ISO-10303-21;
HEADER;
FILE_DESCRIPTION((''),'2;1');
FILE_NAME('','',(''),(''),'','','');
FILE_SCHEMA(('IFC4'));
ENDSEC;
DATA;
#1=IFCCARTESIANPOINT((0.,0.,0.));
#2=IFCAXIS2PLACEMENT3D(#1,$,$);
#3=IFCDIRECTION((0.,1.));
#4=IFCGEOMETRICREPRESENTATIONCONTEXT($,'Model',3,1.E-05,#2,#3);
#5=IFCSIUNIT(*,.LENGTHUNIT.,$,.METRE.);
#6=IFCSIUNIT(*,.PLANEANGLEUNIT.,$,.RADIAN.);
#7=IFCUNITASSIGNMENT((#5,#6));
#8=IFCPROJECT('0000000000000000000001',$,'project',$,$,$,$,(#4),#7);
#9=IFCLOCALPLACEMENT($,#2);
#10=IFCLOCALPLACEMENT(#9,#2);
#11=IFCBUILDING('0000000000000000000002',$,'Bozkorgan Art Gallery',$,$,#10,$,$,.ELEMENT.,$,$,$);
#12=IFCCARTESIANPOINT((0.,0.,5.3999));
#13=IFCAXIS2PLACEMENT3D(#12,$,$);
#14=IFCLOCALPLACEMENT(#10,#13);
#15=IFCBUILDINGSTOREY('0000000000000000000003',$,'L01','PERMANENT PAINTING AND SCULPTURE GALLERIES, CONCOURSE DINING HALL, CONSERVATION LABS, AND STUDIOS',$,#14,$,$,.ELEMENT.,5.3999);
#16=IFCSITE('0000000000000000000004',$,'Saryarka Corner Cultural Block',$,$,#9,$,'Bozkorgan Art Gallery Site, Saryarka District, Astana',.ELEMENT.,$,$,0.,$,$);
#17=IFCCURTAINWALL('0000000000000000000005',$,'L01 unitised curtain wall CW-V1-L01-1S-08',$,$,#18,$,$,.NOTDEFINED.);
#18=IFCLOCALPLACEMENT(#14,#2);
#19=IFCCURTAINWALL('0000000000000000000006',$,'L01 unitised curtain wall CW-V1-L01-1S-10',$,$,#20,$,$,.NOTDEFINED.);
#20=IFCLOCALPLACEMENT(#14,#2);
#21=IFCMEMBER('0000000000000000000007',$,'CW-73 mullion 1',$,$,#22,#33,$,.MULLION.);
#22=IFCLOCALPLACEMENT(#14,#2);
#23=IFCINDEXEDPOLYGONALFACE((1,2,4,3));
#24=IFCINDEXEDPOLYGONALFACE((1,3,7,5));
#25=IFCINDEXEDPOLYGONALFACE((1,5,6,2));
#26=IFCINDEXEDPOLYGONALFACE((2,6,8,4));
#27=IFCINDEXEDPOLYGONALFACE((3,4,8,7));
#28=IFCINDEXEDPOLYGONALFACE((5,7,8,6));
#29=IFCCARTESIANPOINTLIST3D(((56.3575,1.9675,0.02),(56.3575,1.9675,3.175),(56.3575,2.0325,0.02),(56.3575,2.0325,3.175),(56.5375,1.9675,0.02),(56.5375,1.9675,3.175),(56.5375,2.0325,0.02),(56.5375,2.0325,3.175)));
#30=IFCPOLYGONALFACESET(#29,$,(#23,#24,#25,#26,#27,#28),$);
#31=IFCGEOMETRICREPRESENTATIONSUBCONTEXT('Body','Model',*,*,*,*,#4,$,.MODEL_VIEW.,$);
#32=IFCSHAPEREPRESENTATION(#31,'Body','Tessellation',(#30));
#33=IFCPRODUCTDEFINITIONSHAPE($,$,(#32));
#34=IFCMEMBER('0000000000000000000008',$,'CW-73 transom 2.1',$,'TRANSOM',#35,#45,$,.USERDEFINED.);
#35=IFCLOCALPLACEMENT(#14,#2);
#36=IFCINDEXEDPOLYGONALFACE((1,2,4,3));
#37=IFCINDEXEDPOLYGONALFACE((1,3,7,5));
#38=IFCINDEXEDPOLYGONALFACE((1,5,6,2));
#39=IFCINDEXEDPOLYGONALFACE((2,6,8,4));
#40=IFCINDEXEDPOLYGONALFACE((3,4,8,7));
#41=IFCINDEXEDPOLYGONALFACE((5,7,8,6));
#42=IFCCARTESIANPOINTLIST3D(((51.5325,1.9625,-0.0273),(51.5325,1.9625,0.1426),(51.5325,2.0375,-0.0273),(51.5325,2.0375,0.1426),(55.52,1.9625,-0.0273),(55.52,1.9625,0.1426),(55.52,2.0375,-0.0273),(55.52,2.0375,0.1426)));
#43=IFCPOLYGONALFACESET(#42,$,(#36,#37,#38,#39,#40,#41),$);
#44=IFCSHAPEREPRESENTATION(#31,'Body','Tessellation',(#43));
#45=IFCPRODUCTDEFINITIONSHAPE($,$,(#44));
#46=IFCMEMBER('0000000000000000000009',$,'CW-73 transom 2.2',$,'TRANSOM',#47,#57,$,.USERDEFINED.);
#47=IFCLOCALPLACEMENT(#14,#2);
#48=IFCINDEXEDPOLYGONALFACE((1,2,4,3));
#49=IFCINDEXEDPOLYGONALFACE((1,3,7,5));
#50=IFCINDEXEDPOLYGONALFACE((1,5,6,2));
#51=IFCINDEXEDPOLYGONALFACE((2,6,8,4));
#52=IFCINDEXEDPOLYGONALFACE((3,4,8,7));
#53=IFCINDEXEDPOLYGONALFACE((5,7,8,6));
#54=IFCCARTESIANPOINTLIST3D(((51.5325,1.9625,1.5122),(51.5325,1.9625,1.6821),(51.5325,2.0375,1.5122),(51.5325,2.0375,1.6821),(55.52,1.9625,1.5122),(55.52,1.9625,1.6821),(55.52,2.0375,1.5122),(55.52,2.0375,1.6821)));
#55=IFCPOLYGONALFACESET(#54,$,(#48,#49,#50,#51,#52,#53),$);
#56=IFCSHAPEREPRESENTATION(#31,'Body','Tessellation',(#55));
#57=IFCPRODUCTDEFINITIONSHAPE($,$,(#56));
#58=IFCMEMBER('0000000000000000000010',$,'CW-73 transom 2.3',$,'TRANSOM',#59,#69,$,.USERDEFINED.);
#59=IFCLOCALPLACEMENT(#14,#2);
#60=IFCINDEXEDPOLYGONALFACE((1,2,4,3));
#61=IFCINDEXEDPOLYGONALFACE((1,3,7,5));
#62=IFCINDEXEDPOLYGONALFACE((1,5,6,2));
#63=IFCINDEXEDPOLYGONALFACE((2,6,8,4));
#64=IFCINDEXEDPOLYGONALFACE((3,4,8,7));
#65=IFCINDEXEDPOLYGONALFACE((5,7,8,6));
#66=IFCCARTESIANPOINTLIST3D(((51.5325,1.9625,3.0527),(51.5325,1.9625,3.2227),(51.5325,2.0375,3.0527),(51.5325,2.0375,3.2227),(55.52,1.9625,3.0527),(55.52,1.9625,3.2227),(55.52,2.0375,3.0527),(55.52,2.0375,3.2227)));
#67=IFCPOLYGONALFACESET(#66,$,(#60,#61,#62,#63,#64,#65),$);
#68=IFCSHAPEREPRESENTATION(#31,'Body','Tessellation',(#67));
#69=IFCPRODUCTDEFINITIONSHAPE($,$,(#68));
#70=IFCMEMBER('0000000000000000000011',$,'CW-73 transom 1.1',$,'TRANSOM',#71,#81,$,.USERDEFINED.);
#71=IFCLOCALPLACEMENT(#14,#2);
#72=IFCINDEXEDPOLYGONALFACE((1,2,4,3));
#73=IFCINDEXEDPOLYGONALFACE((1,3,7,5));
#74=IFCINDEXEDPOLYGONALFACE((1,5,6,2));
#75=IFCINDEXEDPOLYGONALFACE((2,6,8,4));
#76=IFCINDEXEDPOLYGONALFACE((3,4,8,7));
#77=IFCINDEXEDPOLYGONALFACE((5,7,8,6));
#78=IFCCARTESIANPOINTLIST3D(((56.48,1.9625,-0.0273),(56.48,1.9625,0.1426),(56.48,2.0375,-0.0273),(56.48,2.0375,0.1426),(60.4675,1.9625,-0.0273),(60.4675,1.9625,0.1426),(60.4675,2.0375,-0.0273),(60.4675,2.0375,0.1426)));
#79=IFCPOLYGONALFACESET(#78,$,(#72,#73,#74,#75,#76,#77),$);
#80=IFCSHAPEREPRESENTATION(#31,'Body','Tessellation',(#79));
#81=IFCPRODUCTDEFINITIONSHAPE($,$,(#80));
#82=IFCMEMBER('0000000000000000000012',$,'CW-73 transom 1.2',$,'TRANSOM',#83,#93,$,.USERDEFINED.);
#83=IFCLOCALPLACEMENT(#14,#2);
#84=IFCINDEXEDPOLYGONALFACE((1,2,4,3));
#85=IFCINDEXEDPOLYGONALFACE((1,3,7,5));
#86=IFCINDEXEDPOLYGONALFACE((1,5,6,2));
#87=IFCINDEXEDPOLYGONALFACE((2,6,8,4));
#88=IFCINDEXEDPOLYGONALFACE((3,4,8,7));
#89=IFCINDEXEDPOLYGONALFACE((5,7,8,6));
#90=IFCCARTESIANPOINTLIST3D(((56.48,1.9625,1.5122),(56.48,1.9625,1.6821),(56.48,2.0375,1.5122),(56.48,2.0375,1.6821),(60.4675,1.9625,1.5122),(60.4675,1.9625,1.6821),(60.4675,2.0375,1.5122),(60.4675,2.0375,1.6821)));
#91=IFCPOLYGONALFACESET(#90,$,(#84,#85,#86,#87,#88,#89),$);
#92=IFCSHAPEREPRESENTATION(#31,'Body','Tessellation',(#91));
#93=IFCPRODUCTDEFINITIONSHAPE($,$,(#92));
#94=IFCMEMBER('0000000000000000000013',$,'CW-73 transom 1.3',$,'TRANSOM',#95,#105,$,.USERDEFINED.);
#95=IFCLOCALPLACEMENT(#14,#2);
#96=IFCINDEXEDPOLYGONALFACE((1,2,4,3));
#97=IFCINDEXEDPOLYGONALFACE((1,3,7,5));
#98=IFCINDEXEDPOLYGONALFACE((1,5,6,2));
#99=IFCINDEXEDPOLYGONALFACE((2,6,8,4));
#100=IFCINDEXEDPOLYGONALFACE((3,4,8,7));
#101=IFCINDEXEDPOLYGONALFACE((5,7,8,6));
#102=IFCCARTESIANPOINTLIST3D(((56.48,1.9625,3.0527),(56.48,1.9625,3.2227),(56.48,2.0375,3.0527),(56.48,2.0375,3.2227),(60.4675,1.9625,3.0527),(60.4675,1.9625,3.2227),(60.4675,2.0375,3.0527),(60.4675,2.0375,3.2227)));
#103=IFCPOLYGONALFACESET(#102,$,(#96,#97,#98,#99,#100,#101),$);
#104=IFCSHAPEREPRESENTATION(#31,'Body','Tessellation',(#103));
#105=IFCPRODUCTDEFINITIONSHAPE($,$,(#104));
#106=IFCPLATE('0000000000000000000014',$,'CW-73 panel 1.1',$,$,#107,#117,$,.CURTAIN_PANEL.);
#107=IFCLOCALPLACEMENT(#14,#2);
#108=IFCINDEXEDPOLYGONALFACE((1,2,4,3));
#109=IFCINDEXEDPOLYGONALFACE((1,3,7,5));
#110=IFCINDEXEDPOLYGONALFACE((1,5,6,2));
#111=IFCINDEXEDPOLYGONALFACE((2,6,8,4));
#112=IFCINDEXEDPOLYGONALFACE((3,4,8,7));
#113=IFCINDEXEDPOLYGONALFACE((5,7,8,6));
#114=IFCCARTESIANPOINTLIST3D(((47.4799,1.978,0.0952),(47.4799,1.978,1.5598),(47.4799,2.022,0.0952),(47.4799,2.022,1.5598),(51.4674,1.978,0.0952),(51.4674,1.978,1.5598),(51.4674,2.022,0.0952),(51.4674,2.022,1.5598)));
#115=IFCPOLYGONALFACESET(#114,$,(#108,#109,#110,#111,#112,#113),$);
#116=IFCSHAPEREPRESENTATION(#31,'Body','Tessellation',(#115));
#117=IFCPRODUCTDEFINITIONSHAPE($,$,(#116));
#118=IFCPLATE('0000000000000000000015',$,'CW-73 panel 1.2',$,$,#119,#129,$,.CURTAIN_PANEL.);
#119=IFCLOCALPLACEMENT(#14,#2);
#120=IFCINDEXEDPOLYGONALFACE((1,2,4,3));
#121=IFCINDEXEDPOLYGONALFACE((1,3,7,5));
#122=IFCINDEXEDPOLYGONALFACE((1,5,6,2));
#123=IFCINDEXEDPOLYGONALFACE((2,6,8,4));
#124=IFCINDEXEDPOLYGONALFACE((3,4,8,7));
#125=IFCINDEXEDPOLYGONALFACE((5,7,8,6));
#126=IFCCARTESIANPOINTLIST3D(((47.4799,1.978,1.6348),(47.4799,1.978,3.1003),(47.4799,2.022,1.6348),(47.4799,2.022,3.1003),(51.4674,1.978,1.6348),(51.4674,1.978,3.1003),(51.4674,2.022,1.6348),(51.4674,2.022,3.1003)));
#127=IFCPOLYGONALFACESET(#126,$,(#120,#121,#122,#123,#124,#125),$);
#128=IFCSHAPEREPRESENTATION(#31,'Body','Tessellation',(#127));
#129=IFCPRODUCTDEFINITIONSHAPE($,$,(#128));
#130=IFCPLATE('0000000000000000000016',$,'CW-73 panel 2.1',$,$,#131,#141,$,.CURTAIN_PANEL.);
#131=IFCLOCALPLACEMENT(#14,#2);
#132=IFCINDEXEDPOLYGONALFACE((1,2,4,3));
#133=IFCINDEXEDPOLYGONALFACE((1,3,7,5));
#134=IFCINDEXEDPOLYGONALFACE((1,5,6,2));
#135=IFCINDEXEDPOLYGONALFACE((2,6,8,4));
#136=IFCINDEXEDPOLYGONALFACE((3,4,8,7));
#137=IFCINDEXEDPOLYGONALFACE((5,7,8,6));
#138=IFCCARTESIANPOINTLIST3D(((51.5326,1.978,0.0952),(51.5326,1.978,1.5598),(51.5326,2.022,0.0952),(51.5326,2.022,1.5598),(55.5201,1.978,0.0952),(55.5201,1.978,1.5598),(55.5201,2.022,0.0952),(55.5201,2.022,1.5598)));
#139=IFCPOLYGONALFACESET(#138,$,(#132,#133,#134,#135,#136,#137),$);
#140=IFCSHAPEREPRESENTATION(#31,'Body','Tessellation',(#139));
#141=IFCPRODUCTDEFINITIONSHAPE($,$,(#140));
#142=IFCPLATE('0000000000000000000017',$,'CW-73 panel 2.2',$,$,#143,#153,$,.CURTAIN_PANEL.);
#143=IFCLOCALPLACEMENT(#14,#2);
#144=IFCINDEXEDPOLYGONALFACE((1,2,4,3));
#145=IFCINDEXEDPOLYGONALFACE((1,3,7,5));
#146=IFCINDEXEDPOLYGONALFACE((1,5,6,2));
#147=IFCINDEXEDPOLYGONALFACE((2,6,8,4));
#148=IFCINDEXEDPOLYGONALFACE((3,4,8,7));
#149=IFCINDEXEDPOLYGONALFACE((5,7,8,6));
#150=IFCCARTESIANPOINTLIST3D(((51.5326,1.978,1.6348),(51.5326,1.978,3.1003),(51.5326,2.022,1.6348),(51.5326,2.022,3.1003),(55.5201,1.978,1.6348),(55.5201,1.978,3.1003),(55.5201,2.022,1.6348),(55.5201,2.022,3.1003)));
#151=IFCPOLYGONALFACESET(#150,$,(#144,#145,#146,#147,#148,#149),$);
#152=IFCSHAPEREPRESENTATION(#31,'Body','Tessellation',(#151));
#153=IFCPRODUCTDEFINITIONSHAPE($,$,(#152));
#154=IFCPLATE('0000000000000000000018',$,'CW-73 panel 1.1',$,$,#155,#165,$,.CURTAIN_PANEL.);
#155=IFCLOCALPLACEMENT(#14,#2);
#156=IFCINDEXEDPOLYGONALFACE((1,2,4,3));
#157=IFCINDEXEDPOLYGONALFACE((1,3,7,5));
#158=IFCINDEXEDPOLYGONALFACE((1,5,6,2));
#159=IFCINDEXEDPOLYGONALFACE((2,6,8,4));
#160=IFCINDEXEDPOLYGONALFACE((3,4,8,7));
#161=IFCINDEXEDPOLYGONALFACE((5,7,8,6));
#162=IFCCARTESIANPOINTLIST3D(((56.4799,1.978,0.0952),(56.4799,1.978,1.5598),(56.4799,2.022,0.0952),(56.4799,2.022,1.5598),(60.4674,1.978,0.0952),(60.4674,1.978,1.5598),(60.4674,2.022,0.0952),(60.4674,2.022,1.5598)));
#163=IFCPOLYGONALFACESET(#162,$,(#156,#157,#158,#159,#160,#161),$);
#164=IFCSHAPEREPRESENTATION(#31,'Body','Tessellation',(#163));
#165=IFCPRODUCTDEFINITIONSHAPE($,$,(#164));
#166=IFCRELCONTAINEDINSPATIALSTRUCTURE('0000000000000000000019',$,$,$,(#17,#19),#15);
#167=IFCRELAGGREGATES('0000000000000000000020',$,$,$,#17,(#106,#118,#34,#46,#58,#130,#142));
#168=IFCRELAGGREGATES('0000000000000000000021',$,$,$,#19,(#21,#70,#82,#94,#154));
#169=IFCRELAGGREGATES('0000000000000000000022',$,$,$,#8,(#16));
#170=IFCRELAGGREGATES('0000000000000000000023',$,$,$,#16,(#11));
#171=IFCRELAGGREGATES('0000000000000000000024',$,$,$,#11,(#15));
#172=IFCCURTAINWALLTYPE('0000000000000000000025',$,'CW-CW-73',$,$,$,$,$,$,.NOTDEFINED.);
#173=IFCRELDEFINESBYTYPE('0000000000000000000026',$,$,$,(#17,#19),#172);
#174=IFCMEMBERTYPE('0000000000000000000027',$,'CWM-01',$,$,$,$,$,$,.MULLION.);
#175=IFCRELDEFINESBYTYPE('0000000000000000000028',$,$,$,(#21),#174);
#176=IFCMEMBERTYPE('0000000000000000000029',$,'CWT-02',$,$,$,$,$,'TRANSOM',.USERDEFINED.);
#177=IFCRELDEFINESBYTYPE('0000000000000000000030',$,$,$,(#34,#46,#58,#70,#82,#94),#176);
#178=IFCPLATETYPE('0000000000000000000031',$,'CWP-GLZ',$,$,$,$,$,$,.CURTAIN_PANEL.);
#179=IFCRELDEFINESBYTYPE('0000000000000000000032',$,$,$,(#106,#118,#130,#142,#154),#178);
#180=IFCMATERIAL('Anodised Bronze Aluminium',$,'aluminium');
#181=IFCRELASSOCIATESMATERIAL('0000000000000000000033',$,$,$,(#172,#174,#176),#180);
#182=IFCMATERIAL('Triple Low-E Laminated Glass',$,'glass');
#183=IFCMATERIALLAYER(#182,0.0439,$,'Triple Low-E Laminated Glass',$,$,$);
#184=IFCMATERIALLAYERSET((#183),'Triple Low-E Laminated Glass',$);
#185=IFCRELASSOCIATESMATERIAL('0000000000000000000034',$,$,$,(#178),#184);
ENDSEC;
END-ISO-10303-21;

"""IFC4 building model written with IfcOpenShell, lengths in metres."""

from ifc_helpers import new_model, si_unit, direction, frame, origin, origin_2d, place, context, subcontext, project, spatial, rectangle, extrude, material, layer, layer_set, material_profile, profile_set, type_object, element, aggregate, save


model = new_model("IFC4")

# Units and contexts
model_context = context("Model", 3, precision=1e-05, world=origin(), true_north=direction((0.0, 1.0)))
body_context = subcontext(model_context, "Body", "Model", "MODEL_VIEW")
ifc_project = project(units=[si_unit("LENGTHUNIT", "METRE"), si_unit("PLANEANGLEUNIT", "RADIAN")], contexts=[model_context])

# Site, building, storey
site_placement = place(None, origin())
site = spatial("IfcSite", under=ifc_project, at=site_placement, Name="Saryarka Corner Cultural Block", LongName="Bozkorgan Art Gallery Site, Saryarka District, Astana", CompositionType="ELEMENT", RefElevation=0.0)
building_placement = place(site_placement, origin())
building = spatial("IfcBuilding", under=site, at=building_placement, Name="Bozkorgan Art Gallery", CompositionType="ELEMENT")
storey_placement = place(building_placement, frame((0.0, 0.0, 5.3999)))
storey = spatial("IfcBuildingStorey", under=building, at=storey_placement, Name="L01", Description="PERMANENT PAINTING AND SCULPTURE GALLERIES, CONCOURSE DINING HALL, CONSERVATION LABS, AND STUDIOS", CompositionType="ELEMENT", Elevation=5.3999)

# Curtain wall
ifc_material_1 = material(Name="Anodised Bronze Aluminium", Category="aluminium")
curtain_wall_type = type_object("IfcCurtainWallType", Name="CW-CW-73", PredefinedType="NOTDEFINED", material=ifc_material_1)
curtain_wall_1_placement = place(storey_placement, origin())
curtain_wall_1 = element("IfcCurtainWall", 1, at=curtain_wall_1_placement, inside=storey, type_object=curtain_wall_type, Name="L01 unitised curtain wall CW-V1-L01-1S-08", PredefinedType="NOTDEFINED")
ifc_material_profile_1 = material_profile(ifc_material_1, rectangle(XDim=0.0649, YDim=0.1799, at=origin_2d()), Name="ALU MULLION 65x180")
ifc_profile_set_1 = profile_set([ifc_material_profile_1], Name="Anodised Bronze Aluminium")
member_type_1 = type_object("IfcMemberType", Name="CWM-01", PredefinedType="MULLION", material=ifc_profile_set_1)

# Curtain wall, member
curtain_wall_2_placement = place(storey_placement, origin())
curtain_wall_2 = element("IfcCurtainWall", 2, at=curtain_wall_2_placement, inside=storey, type_object=curtain_wall_type, Name="L01 unitised curtain wall CW-V1-L01-1S-10", PredefinedType="NOTDEFINED")
member_1_placement = place(storey_placement, frame((56.4475, 2.0, 0.02), z_axis=(0.0, 0.0, 1.0), x_axis=(0.0, 1.0, 0.0)))
member_1 = element("IfcMember", 3, at=member_1_placement, type_object=member_type_1, Name="CW-73 mullion 1", PredefinedType="MULLION", context=body_context, shape_type="SweptSolid", body=[
    extrude(rectangle(XDim=0.0649, YDim=0.1799, at=origin_2d()), origin(), (0.0, 0.0, 1.0), 3.155),
])

# Members
ifc_material_profile_2 = material_profile(ifc_material_1, rectangle(XDim=0.075, YDim=0.1699, at=origin_2d()), Name="ALU TRANSOM 75x170")
ifc_profile_set_2 = profile_set([ifc_material_profile_2], Name="Anodised Bronze Aluminium")
member_type_2 = type_object("IfcMemberType", Name="CWT-02", ElementType="TRANSOM", PredefinedType="USERDEFINED", material=ifc_profile_set_2)
member_2_placement = place(storey_placement, frame((51.5325, 2.0, 0.0576), z_axis=(1.0, 0.0, 0.0), x_axis=(0.0, 1.0, 0.0)))
member_2 = element("IfcMember", 4, at=member_2_placement, type_object=member_type_2, Name="CW-73 transom 2.1", ObjectType="TRANSOM", PredefinedType="USERDEFINED", context=body_context, shape_type="SweptSolid", body=[
    extrude(rectangle(XDim=0.075, YDim=0.1699, at=origin_2d()), origin(), (0.0, 0.0, 1.0), 3.9875),
])
member_3_placement = place(storey_placement, frame((51.5325, 2.0, 1.5972), z_axis=(1.0, 0.0, 0.0), x_axis=(0.0, 1.0, 0.0)))
member_3 = element("IfcMember", 5, at=member_3_placement, type_object=member_type_2, Name="CW-73 transom 2.2", ObjectType="TRANSOM", PredefinedType="USERDEFINED", context=body_context, shape_type="SweptSolid", body=[
    extrude(rectangle(XDim=0.075, YDim=0.1699, at=origin_2d()), origin(), (0.0, 0.0, 1.0), 3.9875),
])
member_4_placement = place(storey_placement, frame((51.5325, 2.0, 3.1377), z_axis=(1.0, 0.0, 0.0), x_axis=(0.0, 1.0, 0.0)))
member_4 = element("IfcMember", 6, at=member_4_placement, type_object=member_type_2, Name="CW-73 transom 2.3", ObjectType="TRANSOM", PredefinedType="USERDEFINED", context=body_context, shape_type="SweptSolid", body=[
    extrude(rectangle(XDim=0.075, YDim=0.1699, at=origin_2d()), origin(), (0.0, 0.0, 1.0), 3.9875),
])
member_5_placement = place(storey_placement, frame((56.48, 2.0, 0.0576), z_axis=(1.0, 0.0, 0.0), x_axis=(0.0, 1.0, 0.0)))
member_5 = element("IfcMember", 7, at=member_5_placement, type_object=member_type_2, Name="CW-73 transom 1.1", ObjectType="TRANSOM", PredefinedType="USERDEFINED", context=body_context, shape_type="SweptSolid", body=[
    extrude(rectangle(XDim=0.075, YDim=0.1699, at=origin_2d()), origin(), (0.0, 0.0, 1.0), 3.9875),
])
member_6_placement = place(storey_placement, frame((56.48, 2.0, 1.5972), z_axis=(1.0, 0.0, 0.0), x_axis=(0.0, 1.0, 0.0)))
member_6 = element("IfcMember", 8, at=member_6_placement, type_object=member_type_2, Name="CW-73 transom 1.2", ObjectType="TRANSOM", PredefinedType="USERDEFINED", context=body_context, shape_type="SweptSolid", body=[
    extrude(rectangle(XDim=0.075, YDim=0.1699, at=origin_2d()), origin(), (0.0, 0.0, 1.0), 3.9875),
])
member_7_placement = place(storey_placement, frame((56.48, 2.0, 3.1377), z_axis=(1.0, 0.0, 0.0), x_axis=(0.0, 1.0, 0.0)))
member_7 = element("IfcMember", 9, at=member_7_placement, type_object=member_type_2, Name="CW-73 transom 1.3", ObjectType="TRANSOM", PredefinedType="USERDEFINED", context=body_context, shape_type="SweptSolid", body=[
    extrude(rectangle(XDim=0.075, YDim=0.1699, at=origin_2d()), origin(), (0.0, 0.0, 1.0), 3.9875),
])

# Plates
ifc_material_2 = material(Name="Triple Low-E Laminated Glass", Category="glass")
ifc_layer = layer(ifc_material_2, 0.0439, Name="Triple Low-E Laminated Glass")
ifc_layer_set = layer_set([ifc_layer], Name="Triple Low-E Laminated Glass")
plate_type = type_object("IfcPlateType", Name="CWP-GLZ", PredefinedType="CURTAIN_PANEL", material=ifc_layer_set)
plate_1_placement = place(storey_placement, frame((49.4736, 2.0, 0.0952), z_axis=(0.0, 0.0, 1.0), x_axis=(1.0, 0.0, 0.0)))
plate_1 = element("IfcPlate", 10, at=plate_1_placement, type_object=plate_type, Name="CW-73 panel 1.1", PredefinedType="CURTAIN_PANEL", context=body_context, shape_type="SweptSolid", body=[
    extrude(rectangle(XDim=3.9875, YDim=0.0439, at=origin_2d()), origin(), (0.0, 0.0, 1.0), 1.4646),
])
plate_2_placement = place(storey_placement, frame((49.4736, 2.0, 1.6348), z_axis=(0.0, 0.0, 1.0), x_axis=(1.0, 0.0, 0.0)))
plate_2 = element("IfcPlate", 11, at=plate_2_placement, type_object=plate_type, Name="CW-73 panel 1.2", PredefinedType="CURTAIN_PANEL", context=body_context, shape_type="SweptSolid", body=[
    extrude(rectangle(XDim=3.9875, YDim=0.0439, at=origin_2d()), origin(), (0.0, 0.0, 1.0), 1.4656),
])
plate_3_placement = place(storey_placement, frame((53.5264, 2.0, 0.0952), z_axis=(0.0, 0.0, 1.0), x_axis=(1.0, 0.0, 0.0)))
plate_3 = element("IfcPlate", 12, at=plate_3_placement, type_object=plate_type, Name="CW-73 panel 2.1", PredefinedType="CURTAIN_PANEL", context=body_context, shape_type="SweptSolid", body=[
    extrude(rectangle(XDim=3.9875, YDim=0.0439, at=origin_2d()), origin(), (0.0, 0.0, 1.0), 1.4646),
])
plate_4_placement = place(storey_placement, frame((53.5264, 2.0, 1.6348), z_axis=(0.0, 0.0, 1.0), x_axis=(1.0, 0.0, 0.0)))
plate_4 = element("IfcPlate", 13, at=plate_4_placement, type_object=plate_type, Name="CW-73 panel 2.2", PredefinedType="CURTAIN_PANEL", context=body_context, shape_type="SweptSolid", body=[
    extrude(rectangle(XDim=3.9875, YDim=0.0439, at=origin_2d()), origin(), (0.0, 0.0, 1.0), 1.4656),
])
aggregate(curtain_wall_1, [plate_1, plate_2, member_2, member_3, member_4, plate_3, plate_4])
plate_5_placement = place(storey_placement, frame((58.4736, 2.0, 0.0952), z_axis=(0.0, 0.0, 1.0), x_axis=(1.0, 0.0, 0.0)))
plate_5 = element("IfcPlate", 14, at=plate_5_placement, type_object=plate_type, Name="CW-73 panel 1.1", PredefinedType="CURTAIN_PANEL", context=body_context, shape_type="SweptSolid", body=[
    extrude(rectangle(XDim=3.9875, YDim=0.0439, at=origin_2d()), origin(), (0.0, 0.0, 1.0), 1.4646),
])
aggregate(curtain_wall_2, [member_1, member_5, member_6, member_7, plate_5])

save(model, "model.ifc")
